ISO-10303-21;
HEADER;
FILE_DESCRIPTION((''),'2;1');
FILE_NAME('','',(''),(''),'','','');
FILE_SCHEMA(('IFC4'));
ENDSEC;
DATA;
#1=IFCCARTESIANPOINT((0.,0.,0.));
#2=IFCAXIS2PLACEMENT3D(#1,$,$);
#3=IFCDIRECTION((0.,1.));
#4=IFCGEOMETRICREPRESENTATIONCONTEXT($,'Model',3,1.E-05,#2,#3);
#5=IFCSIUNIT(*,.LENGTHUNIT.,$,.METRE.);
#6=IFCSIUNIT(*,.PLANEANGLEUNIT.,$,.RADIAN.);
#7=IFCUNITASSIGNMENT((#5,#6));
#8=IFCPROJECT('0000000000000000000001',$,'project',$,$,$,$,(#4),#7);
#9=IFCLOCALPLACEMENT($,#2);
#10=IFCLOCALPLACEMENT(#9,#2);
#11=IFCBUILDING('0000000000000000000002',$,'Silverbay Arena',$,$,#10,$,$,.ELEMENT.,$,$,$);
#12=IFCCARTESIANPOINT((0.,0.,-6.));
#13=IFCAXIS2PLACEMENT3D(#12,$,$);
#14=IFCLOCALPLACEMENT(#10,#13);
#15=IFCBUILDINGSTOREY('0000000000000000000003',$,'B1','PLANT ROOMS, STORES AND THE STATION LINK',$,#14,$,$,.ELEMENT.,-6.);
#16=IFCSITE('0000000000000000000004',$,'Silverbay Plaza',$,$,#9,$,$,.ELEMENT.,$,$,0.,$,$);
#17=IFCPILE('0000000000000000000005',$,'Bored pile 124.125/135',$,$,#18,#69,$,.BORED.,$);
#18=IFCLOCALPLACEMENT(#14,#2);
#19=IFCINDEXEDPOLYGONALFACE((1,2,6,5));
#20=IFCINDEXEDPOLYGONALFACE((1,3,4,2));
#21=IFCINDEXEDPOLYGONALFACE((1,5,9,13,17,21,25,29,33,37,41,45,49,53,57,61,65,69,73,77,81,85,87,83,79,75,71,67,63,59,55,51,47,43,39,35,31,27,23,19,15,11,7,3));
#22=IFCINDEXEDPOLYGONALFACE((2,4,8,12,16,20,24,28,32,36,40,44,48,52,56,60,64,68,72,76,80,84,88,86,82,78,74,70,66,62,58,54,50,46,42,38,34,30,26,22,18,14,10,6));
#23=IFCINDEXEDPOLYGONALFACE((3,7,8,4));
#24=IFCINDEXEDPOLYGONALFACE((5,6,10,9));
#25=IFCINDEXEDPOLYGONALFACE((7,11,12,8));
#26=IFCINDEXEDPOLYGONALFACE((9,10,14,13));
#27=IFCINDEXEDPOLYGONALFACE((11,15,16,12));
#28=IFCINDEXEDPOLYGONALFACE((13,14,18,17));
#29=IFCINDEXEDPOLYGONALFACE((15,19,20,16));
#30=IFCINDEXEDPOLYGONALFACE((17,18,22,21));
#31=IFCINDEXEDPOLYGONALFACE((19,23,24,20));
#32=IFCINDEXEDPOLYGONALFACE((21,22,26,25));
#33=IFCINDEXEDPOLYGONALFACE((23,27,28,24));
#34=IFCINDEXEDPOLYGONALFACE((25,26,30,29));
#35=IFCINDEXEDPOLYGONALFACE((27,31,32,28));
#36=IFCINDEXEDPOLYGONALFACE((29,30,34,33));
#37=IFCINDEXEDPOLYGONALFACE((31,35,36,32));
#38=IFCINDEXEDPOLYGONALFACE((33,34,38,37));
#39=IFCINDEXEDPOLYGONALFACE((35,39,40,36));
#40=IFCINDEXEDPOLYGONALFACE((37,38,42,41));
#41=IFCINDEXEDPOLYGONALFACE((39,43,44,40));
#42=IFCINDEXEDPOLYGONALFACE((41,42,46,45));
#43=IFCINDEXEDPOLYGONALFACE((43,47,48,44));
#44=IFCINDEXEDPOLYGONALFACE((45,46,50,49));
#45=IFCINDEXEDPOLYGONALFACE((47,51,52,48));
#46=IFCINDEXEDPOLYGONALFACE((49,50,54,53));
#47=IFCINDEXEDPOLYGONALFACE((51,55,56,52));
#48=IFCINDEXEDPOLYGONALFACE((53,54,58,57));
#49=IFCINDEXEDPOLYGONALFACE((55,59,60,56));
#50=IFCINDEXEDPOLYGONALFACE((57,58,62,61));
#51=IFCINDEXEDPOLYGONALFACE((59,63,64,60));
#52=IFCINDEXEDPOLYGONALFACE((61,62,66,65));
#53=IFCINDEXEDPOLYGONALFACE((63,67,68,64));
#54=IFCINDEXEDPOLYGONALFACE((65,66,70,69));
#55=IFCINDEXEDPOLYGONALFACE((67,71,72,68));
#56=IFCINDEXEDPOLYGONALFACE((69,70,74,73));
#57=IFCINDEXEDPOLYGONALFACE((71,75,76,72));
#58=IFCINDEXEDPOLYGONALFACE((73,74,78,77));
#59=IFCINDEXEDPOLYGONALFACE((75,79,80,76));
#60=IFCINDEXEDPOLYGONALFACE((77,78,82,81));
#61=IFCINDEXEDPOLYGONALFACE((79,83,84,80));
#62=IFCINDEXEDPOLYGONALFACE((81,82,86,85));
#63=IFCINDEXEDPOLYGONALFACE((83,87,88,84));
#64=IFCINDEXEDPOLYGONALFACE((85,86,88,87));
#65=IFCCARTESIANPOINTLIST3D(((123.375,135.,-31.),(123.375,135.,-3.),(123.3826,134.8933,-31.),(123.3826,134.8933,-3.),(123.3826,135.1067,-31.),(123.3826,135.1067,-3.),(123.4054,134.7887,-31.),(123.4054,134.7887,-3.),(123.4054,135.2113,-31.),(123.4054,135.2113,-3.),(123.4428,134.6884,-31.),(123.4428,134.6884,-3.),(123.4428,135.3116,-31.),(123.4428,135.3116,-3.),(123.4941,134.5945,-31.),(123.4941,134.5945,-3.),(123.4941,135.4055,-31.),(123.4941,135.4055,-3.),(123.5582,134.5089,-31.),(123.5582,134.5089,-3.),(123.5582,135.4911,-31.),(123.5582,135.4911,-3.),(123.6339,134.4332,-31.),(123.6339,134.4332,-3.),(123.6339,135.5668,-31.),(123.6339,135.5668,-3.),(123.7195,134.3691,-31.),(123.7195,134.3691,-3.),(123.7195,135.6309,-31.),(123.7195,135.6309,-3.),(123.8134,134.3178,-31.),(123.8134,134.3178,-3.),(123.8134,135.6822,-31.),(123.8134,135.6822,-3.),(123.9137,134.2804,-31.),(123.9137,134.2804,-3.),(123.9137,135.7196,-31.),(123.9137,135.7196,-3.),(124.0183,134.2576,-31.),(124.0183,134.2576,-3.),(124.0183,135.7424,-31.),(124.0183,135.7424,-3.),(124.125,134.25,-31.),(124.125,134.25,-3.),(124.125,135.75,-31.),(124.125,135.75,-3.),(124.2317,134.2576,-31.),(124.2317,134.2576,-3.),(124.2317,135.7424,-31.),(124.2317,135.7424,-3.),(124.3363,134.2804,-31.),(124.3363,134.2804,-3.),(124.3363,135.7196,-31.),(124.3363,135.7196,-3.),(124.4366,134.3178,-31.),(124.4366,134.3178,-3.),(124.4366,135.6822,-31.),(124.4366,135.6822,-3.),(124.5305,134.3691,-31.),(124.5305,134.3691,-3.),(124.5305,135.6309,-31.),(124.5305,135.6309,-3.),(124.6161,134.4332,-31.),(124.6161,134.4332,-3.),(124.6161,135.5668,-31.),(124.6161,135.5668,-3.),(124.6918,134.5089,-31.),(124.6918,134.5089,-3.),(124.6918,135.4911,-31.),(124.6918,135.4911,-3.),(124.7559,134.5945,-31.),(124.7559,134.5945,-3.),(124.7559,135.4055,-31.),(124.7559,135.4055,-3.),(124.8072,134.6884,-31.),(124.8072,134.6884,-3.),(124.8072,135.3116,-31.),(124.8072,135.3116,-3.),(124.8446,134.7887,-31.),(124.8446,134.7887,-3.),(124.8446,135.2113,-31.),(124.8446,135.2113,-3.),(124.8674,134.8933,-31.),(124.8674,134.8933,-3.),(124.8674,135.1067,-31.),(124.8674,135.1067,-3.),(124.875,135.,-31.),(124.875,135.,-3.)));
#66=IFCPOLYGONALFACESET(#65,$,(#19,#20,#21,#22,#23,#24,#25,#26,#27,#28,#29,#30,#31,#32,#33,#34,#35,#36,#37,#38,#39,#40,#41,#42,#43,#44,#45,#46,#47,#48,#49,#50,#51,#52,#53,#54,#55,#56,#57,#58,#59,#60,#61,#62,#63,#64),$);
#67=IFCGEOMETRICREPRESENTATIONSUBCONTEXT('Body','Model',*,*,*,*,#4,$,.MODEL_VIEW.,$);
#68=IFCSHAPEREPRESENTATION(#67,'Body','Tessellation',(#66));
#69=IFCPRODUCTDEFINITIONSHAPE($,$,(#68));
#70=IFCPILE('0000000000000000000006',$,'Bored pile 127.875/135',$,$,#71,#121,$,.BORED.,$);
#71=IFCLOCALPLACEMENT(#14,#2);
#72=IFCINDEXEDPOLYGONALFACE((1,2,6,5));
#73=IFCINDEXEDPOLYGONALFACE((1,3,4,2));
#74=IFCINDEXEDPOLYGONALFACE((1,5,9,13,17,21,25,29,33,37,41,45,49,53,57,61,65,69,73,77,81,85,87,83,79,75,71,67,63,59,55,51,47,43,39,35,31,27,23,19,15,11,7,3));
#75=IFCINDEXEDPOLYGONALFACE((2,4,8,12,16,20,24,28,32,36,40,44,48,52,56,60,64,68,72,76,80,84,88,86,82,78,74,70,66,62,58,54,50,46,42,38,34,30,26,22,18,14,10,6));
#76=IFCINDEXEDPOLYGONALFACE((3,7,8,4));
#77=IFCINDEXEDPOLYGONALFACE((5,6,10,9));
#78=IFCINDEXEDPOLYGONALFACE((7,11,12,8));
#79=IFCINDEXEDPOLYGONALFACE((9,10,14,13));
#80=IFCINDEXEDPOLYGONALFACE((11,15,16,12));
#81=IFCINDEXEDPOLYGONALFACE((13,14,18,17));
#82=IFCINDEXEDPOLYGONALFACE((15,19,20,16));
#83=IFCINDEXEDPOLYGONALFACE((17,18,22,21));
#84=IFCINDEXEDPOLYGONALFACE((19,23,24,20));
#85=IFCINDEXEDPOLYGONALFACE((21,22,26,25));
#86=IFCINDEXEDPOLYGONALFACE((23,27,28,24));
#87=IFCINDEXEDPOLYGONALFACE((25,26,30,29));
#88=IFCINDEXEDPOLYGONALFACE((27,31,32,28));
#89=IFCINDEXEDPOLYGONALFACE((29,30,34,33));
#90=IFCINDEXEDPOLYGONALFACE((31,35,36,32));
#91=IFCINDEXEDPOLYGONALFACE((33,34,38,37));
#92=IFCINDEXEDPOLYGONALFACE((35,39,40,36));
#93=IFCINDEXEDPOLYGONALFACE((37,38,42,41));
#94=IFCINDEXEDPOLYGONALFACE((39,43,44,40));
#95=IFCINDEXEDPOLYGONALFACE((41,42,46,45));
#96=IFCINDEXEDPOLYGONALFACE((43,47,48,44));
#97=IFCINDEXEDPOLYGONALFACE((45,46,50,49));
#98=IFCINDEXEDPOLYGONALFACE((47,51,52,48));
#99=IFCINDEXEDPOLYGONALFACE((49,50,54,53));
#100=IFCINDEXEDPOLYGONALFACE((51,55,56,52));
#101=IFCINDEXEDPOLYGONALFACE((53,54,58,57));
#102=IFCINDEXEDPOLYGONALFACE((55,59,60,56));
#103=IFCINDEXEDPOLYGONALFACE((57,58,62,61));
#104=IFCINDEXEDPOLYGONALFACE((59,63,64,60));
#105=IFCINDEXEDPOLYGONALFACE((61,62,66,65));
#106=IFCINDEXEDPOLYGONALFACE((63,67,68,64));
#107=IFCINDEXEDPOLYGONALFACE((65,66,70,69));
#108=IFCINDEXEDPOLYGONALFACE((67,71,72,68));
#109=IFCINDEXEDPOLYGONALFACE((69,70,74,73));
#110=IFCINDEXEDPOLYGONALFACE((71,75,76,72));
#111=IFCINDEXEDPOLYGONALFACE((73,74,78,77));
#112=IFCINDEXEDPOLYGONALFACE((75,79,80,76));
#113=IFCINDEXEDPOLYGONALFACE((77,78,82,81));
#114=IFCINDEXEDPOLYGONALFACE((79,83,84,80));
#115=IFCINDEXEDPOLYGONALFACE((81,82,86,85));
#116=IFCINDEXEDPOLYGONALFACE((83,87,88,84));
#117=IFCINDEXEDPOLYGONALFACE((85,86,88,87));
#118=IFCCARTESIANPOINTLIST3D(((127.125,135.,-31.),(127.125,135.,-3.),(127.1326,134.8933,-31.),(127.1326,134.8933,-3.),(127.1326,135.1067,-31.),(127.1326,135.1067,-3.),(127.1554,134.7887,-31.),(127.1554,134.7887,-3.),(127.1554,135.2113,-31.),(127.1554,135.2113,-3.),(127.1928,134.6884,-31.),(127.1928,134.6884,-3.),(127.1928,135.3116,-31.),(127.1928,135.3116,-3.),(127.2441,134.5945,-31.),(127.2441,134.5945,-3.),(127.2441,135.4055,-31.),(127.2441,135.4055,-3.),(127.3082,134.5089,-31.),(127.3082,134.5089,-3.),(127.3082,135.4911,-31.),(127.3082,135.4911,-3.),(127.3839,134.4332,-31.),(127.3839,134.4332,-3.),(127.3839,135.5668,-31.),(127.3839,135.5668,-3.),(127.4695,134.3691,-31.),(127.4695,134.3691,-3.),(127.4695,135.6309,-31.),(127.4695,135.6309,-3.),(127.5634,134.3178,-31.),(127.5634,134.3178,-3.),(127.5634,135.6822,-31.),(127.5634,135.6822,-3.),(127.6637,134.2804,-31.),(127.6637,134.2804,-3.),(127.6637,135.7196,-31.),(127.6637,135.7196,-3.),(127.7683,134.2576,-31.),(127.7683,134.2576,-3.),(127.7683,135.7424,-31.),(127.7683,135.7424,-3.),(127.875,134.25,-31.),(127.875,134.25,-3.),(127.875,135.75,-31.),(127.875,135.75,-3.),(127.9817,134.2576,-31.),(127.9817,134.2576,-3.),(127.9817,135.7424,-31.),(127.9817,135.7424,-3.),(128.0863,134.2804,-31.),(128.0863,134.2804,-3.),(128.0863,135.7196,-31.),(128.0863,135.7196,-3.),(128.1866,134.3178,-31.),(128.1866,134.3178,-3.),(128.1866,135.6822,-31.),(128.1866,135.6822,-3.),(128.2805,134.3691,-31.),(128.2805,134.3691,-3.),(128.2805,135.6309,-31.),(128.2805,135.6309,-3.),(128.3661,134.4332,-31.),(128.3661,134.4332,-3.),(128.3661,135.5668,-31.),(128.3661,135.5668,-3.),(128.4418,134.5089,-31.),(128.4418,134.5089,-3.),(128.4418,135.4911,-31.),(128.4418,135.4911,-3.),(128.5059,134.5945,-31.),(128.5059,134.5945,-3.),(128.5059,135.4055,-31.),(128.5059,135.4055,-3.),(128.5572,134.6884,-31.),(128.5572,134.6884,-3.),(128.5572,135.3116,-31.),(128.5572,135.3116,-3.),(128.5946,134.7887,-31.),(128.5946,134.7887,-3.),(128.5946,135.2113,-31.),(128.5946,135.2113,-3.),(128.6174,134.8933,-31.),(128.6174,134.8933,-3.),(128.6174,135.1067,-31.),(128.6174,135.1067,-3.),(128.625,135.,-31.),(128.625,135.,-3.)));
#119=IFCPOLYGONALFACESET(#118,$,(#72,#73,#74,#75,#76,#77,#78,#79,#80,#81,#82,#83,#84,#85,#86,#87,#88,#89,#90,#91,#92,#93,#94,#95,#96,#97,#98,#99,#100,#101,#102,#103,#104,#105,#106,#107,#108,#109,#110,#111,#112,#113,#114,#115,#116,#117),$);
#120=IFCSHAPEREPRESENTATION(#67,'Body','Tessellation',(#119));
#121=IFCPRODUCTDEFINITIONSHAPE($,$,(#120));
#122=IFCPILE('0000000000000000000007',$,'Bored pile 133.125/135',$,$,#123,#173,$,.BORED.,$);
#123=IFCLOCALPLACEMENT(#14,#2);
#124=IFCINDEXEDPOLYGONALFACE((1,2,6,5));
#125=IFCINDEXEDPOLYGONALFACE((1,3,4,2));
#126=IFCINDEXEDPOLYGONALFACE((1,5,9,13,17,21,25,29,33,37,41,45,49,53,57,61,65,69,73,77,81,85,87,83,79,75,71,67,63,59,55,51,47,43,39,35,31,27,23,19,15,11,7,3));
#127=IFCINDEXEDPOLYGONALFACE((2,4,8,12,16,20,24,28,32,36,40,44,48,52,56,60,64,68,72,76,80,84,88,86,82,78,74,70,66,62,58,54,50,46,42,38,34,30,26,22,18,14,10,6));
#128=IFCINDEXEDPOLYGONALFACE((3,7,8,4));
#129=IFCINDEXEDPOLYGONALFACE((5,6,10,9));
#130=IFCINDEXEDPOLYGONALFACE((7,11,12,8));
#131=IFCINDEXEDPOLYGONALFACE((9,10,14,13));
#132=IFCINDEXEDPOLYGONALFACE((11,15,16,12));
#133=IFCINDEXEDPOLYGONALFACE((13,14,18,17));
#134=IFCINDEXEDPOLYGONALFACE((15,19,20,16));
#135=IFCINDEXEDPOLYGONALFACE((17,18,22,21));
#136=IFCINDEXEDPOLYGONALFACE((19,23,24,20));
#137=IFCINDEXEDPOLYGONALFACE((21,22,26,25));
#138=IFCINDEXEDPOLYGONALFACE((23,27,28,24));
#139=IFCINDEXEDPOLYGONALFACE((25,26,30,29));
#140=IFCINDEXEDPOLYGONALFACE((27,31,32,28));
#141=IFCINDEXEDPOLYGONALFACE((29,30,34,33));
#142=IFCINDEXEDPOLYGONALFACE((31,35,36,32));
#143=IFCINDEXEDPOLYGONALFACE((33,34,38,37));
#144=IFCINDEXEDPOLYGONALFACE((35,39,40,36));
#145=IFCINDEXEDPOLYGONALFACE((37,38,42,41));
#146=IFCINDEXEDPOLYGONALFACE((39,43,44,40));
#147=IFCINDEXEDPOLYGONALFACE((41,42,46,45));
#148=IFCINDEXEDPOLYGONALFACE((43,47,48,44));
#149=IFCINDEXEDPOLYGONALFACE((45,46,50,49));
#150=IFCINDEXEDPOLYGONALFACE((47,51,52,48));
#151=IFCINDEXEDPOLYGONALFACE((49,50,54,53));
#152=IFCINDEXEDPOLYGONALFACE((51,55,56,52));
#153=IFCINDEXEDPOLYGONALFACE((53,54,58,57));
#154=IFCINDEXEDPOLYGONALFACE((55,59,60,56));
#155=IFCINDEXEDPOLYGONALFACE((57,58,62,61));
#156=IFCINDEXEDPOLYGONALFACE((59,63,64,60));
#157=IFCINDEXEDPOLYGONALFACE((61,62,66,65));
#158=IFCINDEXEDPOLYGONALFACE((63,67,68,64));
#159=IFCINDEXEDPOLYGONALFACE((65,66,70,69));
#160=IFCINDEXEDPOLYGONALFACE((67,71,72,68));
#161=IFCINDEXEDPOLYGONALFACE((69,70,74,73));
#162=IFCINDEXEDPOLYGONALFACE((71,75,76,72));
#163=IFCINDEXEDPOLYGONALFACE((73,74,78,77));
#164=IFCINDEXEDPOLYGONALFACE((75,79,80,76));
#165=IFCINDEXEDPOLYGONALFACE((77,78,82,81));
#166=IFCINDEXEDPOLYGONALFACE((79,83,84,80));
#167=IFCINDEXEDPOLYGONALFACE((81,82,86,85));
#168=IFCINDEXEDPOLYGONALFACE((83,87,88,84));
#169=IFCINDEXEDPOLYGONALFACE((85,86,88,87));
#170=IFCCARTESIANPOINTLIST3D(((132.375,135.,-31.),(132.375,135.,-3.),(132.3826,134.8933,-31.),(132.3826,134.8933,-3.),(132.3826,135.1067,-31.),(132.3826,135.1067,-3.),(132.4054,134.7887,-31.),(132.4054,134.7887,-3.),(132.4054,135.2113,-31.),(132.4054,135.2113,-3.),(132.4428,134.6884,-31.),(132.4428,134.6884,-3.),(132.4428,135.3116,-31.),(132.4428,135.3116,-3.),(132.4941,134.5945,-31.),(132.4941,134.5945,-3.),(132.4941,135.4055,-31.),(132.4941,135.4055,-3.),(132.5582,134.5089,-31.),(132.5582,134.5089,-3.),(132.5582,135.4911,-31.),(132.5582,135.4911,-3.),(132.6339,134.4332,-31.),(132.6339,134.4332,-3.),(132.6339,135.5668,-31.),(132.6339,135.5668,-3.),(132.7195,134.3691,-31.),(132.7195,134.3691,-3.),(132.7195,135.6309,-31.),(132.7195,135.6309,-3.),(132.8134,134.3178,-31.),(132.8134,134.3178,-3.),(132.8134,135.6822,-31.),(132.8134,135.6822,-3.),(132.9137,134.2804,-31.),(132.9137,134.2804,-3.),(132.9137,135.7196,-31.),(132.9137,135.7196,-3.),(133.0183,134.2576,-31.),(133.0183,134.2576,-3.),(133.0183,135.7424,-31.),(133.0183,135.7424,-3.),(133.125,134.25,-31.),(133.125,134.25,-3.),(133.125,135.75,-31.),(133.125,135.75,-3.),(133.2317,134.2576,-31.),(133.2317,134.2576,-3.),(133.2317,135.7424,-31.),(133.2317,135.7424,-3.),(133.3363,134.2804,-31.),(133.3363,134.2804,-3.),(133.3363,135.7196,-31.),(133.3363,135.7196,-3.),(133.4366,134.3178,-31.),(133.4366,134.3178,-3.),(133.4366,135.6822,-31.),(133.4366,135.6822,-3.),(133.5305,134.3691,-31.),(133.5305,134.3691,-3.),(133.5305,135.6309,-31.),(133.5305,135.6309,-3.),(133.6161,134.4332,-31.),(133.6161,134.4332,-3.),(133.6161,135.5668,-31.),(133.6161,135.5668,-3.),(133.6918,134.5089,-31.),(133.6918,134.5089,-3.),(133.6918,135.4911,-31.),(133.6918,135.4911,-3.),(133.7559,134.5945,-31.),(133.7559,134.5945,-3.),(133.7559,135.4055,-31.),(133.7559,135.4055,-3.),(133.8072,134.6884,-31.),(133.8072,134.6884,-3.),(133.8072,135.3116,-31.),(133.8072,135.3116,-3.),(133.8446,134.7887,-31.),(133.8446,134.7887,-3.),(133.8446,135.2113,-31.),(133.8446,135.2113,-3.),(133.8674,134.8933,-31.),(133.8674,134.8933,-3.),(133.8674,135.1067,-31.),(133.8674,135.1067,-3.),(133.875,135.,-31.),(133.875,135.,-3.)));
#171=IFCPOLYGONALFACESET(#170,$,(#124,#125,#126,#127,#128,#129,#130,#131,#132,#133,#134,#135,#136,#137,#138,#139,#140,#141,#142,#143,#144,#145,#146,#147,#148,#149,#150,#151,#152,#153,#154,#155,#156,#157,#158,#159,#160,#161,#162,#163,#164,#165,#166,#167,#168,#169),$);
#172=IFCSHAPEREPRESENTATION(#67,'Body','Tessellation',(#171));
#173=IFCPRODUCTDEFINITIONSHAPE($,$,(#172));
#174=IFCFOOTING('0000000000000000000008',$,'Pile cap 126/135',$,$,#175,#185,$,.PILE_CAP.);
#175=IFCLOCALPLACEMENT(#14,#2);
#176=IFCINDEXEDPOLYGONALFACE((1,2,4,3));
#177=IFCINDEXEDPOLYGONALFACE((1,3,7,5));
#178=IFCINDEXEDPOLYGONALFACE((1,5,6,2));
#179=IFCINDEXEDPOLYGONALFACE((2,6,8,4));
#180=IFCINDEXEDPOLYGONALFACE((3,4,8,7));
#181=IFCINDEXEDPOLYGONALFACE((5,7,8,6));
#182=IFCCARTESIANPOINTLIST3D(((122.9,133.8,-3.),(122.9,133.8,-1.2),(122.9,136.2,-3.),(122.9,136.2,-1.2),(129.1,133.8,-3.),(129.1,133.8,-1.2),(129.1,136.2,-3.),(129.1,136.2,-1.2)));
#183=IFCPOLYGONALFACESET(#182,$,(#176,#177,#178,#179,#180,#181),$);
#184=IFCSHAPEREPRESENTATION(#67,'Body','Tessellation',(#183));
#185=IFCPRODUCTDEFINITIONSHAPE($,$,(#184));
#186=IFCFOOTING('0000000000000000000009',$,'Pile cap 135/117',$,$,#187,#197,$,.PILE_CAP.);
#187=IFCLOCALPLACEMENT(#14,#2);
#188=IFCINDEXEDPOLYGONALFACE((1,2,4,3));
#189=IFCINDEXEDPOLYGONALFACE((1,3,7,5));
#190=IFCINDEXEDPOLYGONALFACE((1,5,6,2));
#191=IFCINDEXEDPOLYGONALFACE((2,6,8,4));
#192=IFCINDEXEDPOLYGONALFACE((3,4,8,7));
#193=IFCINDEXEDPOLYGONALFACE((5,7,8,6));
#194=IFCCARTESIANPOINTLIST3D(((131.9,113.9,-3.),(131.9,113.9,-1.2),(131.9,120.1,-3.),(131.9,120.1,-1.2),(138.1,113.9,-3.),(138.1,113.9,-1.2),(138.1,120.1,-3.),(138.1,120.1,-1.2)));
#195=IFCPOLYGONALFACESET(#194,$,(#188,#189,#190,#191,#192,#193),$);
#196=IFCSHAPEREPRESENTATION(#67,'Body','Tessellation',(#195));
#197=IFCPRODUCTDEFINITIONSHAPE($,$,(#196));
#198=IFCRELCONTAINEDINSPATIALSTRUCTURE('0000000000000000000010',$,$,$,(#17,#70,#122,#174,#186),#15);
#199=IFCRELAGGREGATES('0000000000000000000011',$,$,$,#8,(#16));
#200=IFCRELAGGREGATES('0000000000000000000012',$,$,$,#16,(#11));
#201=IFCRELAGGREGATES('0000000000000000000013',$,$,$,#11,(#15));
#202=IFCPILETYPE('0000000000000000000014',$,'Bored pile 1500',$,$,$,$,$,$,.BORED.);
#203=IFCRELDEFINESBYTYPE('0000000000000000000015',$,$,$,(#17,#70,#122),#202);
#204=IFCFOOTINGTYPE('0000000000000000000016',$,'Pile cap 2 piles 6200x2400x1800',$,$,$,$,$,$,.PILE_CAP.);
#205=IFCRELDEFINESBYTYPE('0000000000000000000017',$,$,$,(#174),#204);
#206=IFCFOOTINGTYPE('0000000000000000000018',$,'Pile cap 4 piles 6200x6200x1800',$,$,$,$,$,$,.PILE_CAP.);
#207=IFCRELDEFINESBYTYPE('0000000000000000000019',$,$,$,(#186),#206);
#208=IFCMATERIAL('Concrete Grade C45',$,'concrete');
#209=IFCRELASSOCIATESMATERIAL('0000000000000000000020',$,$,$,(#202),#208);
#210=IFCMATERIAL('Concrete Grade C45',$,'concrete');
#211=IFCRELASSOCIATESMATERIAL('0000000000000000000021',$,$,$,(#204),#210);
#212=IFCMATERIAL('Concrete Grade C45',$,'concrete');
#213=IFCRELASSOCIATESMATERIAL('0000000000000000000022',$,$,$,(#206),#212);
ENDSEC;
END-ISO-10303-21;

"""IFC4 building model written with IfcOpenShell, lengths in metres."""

from ifc_helpers import new_model, si_unit, direction, frame, origin, origin_2d, place, context, subcontext, project, spatial, rectangle, circle, extrude, material, material_profile, profile_set, type_object, element, save


model = new_model("IFC4")

# Units and contexts
model_context = context("Model", 3, precision=1e-05, world=origin(), true_north=direction((0.0, 1.0)))
body_context = subcontext(model_context, "Body", "Model", "MODEL_VIEW")
ifc_project = project(units=[si_unit("LENGTHUNIT", "METRE"), si_unit("PLANEANGLEUNIT", "RADIAN")], contexts=[model_context])

# Site, building, storey
site_placement = place(None, origin())
site = spatial("IfcSite", under=ifc_project, at=site_placement, Name="Silverbay Plaza", CompositionType="ELEMENT", RefElevation=0.0)
building_placement = place(site_placement, origin())
building = spatial("IfcBuilding", under=site, at=building_placement, Name="Silverbay Arena", CompositionType="ELEMENT")
storey_placement = place(building_placement, frame((0.0, 0.0, -6.0)))
storey = spatial("IfcBuildingStorey", under=building, at=storey_placement, Name="B1", Description="PLANT ROOMS, STORES AND THE STATION LINK", CompositionType="ELEMENT", Elevation=-6.0)

# Piles
ifc_material_1 = material(Name="Concrete Grade C45", Category="concrete")
ifc_material_profile_1 = material_profile(ifc_material_1, circle(Radius=0.75, at=origin_2d()), Name="Bored pile 1500")
ifc_profile_set_1 = profile_set([ifc_material_profile_1], Name="Concrete Grade C45")
pile_type = type_object("IfcPileType", Name="Bored pile 1500", PredefinedType="BORED", material=ifc_profile_set_1)
for number, where, z_axis, x_axis, name in (
    (1, (124.125, 135.0, -3.0), (0.0, 0.0, -1.0), (1.0, 0.0, 0.0), "Bored pile 124.125/135"),
    (2, (127.875, 135.0, -3.0), (0.0, 0.0, -1.0), (1.0, 0.0, 0.0), "Bored pile 127.875/135"),
    (3, (133.125, 135.0, -3.0), (0.0, 0.0, -1.0), (1.0, 0.0, 0.0), "Bored pile 133.125/135"),
):
    element("IfcPile", number, at=place(storey_placement, frame(where, z_axis=z_axis, x_axis=x_axis)), inside=storey, type_object=pile_type, Name=name, PredefinedType="BORED", context=body_context, shape_type="SweptSolid", body=[
        extrude(circle(Radius=0.75, at=origin_2d()), origin(), (0.0, 0.0, 1.0), 28.0),
    ])

# Footings
ifc_material_2 = material(Name="Concrete Grade C45", Category="concrete")
footing_type_1 = type_object("IfcFootingType", Name="Pile cap 2 piles 6200x2400x1800", PredefinedType="PILE_CAP", material=ifc_material_2)
footing_1_placement = place(storey_placement, frame((126.0, 135.0, -3.0), z_axis=(0.0, 0.0, 1.0), x_axis=(1.0, 0.0, 0.0)))
element("IfcFooting", 4, at=footing_1_placement, inside=storey, type_object=footing_type_1, Name="Pile cap 126/135", PredefinedType="PILE_CAP", context=body_context, shape_type="SweptSolid", body=[
    extrude(rectangle(XDim=6.2, YDim=2.3999, at=origin_2d()), origin(), (0.0, 0.0, 1.0), 1.8),
])
ifc_material_3 = material(Name="Concrete Grade C45", Category="concrete")
footing_type_2 = type_object("IfcFootingType", Name="Pile cap 4 piles 6200x6200x1800", PredefinedType="PILE_CAP", material=ifc_material_3)
footing_2_placement = place(storey_placement, frame((135.0, 117.0, -3.0), z_axis=(0.0, 0.0, 1.0), x_axis=(1.0, 0.0, 0.0)))
element("IfcFooting", 5, at=footing_2_placement, inside=storey, type_object=footing_type_2, Name="Pile cap 135/117", PredefinedType="PILE_CAP", context=body_context, shape_type="SweptSolid", body=[
    extrude(rectangle(XDim=6.2, YDim=6.2, at=origin_2d()), origin(), (0.0, 0.0, 1.0), 1.8),
])

save(model, "model.ifc")
